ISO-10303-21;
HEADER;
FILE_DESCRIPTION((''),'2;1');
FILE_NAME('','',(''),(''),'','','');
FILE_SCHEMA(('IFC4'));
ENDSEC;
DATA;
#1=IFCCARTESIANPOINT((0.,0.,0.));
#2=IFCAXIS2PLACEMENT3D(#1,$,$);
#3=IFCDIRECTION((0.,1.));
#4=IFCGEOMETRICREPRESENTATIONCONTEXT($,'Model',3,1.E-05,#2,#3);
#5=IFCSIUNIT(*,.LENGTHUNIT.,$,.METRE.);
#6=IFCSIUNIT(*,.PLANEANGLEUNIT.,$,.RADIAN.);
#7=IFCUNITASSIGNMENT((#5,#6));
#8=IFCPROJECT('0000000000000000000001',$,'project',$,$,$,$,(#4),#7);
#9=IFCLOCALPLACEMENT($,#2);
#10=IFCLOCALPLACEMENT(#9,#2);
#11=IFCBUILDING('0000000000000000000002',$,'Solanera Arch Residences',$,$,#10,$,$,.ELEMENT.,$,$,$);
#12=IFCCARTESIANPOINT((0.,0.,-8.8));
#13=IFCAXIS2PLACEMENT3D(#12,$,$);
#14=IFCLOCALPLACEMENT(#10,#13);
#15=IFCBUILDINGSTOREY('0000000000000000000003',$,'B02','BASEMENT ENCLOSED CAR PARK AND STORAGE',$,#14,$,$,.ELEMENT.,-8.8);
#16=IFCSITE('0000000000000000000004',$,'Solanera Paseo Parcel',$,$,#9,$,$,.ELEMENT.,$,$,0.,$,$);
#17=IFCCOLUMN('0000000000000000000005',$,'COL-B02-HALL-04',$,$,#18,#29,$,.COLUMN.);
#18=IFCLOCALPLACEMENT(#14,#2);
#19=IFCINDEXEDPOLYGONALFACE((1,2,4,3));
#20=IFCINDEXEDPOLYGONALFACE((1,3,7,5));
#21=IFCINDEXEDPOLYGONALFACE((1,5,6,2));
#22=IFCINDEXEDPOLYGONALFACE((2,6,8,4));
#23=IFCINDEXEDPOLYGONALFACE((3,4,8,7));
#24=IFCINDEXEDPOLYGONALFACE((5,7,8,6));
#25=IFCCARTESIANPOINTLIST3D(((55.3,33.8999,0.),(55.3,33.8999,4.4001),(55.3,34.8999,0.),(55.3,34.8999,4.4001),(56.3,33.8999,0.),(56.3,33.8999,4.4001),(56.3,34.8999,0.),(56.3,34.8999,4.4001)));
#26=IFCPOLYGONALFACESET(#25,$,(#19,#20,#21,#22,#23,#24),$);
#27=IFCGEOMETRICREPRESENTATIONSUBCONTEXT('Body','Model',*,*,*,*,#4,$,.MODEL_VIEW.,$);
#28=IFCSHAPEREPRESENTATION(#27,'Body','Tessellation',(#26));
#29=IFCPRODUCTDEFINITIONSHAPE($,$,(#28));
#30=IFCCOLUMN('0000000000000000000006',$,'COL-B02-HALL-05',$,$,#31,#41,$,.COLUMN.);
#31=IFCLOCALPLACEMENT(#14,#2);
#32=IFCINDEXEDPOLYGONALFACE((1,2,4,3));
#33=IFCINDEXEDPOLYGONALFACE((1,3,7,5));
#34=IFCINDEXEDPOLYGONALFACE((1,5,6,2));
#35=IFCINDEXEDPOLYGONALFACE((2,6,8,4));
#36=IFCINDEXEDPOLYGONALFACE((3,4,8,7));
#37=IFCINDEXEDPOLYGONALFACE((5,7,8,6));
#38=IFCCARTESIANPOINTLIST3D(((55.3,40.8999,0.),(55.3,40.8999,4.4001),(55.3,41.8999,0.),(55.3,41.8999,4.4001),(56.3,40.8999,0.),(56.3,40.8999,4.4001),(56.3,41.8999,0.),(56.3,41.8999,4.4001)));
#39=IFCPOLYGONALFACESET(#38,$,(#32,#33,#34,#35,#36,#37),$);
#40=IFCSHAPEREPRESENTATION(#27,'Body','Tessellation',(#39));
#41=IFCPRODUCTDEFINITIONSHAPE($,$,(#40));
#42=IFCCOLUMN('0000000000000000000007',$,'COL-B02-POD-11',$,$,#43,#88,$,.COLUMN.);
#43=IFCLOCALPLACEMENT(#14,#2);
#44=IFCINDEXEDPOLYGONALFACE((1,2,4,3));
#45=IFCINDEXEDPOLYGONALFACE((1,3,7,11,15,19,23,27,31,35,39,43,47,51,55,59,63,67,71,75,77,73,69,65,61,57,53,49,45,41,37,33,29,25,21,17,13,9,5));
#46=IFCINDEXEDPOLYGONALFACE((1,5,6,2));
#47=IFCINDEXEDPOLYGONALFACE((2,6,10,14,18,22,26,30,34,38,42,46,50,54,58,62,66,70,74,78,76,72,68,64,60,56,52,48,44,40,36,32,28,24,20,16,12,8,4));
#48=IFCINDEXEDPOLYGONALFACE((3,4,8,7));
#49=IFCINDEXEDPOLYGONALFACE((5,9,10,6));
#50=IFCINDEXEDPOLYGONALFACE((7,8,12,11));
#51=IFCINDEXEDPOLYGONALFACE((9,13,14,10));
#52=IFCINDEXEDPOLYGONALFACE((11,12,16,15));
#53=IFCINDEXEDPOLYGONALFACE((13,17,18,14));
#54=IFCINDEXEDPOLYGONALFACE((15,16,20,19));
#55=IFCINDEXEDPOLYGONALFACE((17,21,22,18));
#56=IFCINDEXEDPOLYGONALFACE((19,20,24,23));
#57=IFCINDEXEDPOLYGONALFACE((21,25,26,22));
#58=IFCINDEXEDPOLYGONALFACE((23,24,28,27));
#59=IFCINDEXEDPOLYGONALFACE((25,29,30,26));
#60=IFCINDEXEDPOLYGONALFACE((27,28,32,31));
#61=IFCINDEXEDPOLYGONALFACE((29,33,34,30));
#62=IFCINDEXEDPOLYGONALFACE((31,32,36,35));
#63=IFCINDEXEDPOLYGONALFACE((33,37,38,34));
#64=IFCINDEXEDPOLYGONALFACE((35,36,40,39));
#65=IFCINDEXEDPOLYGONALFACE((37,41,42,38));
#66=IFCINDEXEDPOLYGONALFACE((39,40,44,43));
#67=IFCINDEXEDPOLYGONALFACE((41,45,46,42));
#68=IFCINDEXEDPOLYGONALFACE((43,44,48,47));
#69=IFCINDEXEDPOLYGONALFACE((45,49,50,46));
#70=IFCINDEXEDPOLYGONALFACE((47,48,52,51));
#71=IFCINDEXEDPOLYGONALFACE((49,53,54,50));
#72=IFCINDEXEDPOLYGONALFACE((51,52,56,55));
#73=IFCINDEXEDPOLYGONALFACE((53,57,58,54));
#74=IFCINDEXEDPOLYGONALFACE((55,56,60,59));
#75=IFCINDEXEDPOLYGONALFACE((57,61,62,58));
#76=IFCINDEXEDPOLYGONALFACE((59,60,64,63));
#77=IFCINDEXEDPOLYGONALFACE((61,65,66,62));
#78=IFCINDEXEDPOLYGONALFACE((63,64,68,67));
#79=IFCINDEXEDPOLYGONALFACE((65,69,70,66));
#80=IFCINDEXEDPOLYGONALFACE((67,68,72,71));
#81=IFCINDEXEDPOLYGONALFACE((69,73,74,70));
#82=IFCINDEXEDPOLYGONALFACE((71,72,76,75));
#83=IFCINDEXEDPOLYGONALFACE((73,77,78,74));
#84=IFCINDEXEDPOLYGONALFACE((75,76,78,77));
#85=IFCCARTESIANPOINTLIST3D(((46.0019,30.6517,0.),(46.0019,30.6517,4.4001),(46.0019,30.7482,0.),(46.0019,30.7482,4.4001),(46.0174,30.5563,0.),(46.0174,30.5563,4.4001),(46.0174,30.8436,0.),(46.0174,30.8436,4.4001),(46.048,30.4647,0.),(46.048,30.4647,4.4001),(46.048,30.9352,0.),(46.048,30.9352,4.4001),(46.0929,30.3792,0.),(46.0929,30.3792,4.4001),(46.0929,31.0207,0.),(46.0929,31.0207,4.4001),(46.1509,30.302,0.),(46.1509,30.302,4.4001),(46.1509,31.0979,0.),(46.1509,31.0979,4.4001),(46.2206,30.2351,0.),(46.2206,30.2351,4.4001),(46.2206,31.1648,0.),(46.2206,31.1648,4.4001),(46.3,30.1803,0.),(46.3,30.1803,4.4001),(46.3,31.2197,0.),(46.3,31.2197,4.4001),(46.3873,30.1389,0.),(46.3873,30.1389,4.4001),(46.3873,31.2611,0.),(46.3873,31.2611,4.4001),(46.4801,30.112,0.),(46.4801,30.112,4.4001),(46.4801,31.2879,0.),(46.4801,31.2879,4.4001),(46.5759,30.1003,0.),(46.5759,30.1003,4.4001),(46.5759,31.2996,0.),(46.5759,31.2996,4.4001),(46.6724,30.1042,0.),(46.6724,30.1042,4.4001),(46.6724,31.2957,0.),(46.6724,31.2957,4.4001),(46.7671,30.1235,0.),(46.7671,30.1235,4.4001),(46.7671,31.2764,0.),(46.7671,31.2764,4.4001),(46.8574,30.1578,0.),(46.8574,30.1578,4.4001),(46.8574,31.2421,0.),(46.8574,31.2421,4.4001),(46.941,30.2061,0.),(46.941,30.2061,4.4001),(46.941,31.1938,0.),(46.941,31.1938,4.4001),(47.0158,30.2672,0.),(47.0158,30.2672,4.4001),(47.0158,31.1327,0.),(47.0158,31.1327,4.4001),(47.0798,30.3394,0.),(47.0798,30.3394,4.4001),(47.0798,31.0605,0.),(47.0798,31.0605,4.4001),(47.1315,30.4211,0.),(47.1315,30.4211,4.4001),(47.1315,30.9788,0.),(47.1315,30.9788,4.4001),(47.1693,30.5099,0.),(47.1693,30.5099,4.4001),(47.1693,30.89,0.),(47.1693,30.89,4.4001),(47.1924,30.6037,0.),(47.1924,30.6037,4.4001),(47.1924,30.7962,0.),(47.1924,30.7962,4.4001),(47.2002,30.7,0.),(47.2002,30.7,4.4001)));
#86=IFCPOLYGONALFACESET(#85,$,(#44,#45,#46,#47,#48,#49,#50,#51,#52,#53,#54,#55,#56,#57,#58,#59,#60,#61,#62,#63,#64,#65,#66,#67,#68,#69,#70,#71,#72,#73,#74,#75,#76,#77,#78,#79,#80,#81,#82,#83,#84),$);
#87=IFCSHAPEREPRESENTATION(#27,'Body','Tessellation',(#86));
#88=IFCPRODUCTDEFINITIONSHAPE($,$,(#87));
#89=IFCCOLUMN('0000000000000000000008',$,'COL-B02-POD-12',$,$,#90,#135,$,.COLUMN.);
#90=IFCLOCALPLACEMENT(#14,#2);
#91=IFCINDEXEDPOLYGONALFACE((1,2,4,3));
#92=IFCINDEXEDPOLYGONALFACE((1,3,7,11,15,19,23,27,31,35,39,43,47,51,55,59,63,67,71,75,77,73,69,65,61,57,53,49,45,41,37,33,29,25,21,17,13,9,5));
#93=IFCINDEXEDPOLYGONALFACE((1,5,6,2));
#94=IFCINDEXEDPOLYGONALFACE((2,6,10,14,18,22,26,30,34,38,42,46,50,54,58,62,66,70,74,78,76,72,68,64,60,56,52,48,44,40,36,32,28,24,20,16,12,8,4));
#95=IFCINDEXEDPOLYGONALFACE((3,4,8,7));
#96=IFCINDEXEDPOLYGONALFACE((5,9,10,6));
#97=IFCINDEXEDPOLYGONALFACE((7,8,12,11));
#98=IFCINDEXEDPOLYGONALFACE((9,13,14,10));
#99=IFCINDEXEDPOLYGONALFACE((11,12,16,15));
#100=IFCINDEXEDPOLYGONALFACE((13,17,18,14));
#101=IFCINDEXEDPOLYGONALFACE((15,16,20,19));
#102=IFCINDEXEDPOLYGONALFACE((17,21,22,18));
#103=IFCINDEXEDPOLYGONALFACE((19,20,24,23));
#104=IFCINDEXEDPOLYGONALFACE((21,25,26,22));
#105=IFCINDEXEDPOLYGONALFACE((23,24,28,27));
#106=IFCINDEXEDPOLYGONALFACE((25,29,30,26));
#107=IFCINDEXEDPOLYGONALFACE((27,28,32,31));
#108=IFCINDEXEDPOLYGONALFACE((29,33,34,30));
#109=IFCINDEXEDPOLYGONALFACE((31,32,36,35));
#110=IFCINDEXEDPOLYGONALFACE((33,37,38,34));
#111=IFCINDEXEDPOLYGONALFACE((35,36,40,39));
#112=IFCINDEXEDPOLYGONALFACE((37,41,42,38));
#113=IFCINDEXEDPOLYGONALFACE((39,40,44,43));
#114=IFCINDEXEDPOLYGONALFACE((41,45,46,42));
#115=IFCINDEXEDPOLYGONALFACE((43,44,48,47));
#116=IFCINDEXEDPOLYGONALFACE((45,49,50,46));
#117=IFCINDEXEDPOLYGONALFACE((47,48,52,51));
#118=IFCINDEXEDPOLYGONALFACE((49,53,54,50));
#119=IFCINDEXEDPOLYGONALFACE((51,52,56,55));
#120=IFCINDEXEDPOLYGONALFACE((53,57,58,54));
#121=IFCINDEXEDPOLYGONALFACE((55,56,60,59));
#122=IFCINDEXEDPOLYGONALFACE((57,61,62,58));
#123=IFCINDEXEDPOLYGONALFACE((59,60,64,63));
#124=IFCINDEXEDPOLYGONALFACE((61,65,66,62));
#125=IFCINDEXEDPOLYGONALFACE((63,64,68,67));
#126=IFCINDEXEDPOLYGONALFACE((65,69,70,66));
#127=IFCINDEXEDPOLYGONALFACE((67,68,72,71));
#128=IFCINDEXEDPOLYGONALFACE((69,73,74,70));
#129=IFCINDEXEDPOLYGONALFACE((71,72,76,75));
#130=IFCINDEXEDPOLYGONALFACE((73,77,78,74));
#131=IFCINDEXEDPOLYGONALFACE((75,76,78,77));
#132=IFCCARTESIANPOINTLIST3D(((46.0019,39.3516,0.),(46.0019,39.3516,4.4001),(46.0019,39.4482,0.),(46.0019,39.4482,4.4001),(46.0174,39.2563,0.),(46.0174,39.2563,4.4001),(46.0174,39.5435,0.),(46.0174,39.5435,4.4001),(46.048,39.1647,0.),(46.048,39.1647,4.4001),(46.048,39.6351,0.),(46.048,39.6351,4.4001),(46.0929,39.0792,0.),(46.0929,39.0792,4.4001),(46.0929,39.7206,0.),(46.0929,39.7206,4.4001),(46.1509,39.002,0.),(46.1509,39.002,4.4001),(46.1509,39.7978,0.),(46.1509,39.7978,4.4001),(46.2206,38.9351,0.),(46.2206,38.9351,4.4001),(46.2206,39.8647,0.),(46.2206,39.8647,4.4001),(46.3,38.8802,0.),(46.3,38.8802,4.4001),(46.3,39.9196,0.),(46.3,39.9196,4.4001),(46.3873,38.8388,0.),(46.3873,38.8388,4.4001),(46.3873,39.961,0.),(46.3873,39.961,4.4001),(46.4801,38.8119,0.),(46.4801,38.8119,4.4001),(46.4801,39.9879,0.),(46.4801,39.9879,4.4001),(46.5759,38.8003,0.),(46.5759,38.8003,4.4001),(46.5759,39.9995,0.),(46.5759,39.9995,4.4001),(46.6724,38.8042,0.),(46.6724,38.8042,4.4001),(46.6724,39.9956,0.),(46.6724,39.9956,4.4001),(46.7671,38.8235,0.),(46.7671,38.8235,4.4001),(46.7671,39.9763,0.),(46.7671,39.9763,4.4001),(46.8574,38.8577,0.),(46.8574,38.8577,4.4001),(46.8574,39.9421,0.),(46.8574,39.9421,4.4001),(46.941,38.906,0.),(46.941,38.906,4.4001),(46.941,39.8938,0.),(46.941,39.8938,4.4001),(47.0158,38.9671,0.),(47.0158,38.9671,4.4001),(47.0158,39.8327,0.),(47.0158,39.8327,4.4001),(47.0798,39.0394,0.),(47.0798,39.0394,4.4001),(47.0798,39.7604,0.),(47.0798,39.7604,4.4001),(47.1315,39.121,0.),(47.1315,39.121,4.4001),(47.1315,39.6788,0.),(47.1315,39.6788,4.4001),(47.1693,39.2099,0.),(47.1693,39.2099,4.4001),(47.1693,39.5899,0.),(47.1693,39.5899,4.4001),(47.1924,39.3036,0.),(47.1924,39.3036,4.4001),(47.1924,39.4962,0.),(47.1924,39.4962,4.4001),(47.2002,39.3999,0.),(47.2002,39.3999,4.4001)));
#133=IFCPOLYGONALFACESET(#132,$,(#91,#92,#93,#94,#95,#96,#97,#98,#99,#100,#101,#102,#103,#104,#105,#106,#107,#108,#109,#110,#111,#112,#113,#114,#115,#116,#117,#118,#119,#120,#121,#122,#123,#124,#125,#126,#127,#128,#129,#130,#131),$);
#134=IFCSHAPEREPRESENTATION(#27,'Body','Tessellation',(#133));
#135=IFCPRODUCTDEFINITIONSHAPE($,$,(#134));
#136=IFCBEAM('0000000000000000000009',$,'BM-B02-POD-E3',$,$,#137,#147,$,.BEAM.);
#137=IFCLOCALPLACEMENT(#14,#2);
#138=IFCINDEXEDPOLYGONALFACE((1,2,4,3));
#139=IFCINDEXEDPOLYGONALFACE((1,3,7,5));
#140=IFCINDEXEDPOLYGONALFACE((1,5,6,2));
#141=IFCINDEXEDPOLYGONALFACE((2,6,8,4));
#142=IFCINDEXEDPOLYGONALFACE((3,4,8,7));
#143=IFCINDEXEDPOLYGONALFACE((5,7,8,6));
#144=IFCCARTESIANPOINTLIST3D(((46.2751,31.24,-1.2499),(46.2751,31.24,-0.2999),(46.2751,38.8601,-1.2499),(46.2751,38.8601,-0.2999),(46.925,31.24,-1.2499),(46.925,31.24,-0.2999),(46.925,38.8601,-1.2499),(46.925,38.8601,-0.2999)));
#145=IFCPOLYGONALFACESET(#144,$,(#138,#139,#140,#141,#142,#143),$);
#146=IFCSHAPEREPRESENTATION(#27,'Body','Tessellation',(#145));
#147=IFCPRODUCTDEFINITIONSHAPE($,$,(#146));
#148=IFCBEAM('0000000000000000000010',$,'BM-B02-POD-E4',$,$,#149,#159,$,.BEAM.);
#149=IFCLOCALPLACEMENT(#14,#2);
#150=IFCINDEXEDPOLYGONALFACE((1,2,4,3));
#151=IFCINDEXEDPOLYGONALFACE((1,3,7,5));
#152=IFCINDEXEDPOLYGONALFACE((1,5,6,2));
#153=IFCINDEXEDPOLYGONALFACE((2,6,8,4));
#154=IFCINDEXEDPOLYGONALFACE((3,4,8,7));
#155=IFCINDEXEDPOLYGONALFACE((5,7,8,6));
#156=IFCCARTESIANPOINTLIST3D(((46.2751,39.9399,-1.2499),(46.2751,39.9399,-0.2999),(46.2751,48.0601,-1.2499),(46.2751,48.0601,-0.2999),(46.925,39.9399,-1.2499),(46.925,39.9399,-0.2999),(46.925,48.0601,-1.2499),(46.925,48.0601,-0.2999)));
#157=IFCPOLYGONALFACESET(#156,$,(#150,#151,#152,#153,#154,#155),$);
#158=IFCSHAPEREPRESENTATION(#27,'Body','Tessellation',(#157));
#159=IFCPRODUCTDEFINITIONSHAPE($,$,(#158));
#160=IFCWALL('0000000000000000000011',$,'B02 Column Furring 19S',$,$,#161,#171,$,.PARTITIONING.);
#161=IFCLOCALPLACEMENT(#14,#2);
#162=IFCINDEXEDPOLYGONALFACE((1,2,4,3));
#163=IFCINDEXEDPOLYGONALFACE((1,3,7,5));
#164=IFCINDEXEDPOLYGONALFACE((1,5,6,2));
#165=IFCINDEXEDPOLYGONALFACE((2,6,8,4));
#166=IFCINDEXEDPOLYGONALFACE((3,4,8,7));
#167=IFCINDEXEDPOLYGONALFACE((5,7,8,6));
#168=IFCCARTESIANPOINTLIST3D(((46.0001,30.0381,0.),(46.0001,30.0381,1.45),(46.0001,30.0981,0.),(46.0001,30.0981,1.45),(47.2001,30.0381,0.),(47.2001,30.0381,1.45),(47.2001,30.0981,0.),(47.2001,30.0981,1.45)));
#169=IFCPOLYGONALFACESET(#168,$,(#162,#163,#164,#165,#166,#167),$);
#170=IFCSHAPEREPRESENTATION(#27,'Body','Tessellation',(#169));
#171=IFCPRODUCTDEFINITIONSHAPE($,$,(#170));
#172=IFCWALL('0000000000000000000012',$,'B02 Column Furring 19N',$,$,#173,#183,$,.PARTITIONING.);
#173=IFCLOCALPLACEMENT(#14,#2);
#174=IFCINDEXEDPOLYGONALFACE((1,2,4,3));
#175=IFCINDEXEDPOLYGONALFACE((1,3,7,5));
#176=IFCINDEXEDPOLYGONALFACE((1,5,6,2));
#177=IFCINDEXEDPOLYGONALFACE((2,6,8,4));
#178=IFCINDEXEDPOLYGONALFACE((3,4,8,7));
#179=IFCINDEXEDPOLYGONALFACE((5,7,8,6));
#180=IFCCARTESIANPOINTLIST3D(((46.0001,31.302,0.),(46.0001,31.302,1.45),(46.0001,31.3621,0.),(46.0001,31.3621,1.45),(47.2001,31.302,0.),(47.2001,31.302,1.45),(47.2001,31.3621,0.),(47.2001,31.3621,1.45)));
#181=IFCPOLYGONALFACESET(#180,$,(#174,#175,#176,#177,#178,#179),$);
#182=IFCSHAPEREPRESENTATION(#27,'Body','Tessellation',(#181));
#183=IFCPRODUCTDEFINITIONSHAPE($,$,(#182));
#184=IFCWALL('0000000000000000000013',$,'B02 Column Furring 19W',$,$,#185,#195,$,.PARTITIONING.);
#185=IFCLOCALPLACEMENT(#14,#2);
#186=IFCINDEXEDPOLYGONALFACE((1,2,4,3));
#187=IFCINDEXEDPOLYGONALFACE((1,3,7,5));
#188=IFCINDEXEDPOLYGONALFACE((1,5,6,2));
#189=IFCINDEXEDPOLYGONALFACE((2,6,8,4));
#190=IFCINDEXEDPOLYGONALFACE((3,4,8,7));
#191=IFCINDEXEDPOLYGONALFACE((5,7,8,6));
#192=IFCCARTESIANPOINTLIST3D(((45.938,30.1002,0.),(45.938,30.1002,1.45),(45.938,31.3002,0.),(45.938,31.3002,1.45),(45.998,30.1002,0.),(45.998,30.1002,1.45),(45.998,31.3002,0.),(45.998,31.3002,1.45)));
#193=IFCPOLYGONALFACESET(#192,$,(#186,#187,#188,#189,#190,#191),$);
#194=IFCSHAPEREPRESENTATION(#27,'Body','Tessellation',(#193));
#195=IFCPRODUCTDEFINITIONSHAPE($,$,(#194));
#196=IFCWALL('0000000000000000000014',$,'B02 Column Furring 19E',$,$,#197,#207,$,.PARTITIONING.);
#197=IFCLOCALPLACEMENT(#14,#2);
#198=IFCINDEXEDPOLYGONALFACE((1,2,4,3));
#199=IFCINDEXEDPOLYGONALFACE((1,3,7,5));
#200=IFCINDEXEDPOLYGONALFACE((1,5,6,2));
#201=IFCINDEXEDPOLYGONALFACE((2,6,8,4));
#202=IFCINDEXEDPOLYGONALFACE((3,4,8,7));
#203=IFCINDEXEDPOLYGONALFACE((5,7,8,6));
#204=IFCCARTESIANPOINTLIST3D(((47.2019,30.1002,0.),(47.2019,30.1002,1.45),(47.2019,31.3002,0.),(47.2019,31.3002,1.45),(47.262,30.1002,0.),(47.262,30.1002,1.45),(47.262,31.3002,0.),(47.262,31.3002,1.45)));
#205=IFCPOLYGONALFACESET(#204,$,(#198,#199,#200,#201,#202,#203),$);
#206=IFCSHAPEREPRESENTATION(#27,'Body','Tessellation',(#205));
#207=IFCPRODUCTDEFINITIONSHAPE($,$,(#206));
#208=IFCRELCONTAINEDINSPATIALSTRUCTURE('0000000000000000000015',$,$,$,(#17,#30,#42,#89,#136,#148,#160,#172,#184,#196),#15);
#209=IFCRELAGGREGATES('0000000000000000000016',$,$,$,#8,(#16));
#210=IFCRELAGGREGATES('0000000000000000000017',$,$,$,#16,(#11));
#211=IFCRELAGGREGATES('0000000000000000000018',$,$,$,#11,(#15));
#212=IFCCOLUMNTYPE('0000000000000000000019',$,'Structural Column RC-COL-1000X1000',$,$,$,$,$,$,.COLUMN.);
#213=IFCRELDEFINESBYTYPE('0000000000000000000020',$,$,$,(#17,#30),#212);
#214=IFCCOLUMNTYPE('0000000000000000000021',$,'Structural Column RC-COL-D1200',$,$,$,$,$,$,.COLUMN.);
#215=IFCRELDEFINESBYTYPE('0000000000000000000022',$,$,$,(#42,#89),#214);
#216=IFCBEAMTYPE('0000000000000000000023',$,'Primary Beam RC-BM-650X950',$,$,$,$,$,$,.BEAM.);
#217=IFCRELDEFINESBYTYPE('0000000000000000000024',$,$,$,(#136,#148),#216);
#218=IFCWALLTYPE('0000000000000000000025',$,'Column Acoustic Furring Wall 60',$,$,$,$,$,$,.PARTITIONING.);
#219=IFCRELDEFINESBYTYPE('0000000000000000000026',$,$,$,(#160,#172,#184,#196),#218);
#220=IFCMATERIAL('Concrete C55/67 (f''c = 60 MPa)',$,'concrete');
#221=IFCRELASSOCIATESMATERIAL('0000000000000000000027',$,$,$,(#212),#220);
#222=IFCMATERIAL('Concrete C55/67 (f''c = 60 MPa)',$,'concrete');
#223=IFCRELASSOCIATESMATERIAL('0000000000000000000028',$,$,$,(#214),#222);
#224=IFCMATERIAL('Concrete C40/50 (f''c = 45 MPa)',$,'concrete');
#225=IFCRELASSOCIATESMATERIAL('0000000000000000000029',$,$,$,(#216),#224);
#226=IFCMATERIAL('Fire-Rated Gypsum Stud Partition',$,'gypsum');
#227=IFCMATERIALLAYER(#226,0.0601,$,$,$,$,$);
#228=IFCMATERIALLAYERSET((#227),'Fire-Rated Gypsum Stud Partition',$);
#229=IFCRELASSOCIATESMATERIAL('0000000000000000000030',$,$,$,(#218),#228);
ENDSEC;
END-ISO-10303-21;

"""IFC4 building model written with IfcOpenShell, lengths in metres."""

from ifc_helpers import new_model, si_unit, direction, frame, frame_2d, origin, origin_2d, place, context, subcontext, project, spatial, rectangle, circle, extrude, material, layer, layer_set, material_profile, profile_set, type_object, element, save


model = new_model("IFC4")

# Units and contexts
model_context = context("Model", 3, precision=1e-05, world=origin(), true_north=direction((0.0, 1.0)))
body_context = subcontext(model_context, "Body", "Model", "MODEL_VIEW")
ifc_project = project(units=[si_unit("LENGTHUNIT", "METRE"), si_unit("PLANEANGLEUNIT", "RADIAN")], contexts=[model_context])

# Site, building, storey
site_placement = place(None, origin())
site = spatial("IfcSite", under=ifc_project, at=site_placement, Name="Solanera Paseo Parcel", CompositionType="ELEMENT", RefElevation=0.0)
building_placement = place(site_placement, origin())
building = spatial("IfcBuilding", under=site, at=building_placement, Name="Solanera Arch Residences", CompositionType="ELEMENT")
storey_placement = place(building_placement, frame((0.0, 0.0, -8.8)))
storey = spatial("IfcBuildingStorey", under=building, at=storey_placement, Name="B02", Description="BASEMENT ENCLOSED CAR PARK AND STORAGE", CompositionType="ELEMENT", Elevation=-8.8)

# Columns
ifc_material_1 = material(Name="Concrete C55/67 (f'c = 60 MPa)", Category="concrete")
ifc_material_profile_1 = material_profile(ifc_material_1, rectangle(XDim=1.0, YDim=1.0, at=origin_2d()))
ifc_profile_set_1 = profile_set([ifc_material_profile_1], Name="Concrete C55/67 (f'c = 60 MPa)")
column_type_1 = type_object("IfcColumnType", Name="Structural Column RC-COL-1000X1000", PredefinedType="COLUMN", material=ifc_profile_set_1)
for number, where, z_axis, x_axis, name in (
    (1, (55.8, 34.3999, 0.0), (0.0, 0.0, 1.0), (1.0, 0.0, 0.0), "COL-B02-HALL-04"),
    (2, (55.8, 41.3999, 0.0), (0.0, 0.0, 1.0), (1.0, 0.0, 0.0), "COL-B02-HALL-05"),
):
    element("IfcColumn", number, at=place(storey_placement, frame(where, z_axis=z_axis, x_axis=x_axis)), inside=storey, type_object=column_type_1, Name=name, PredefinedType="COLUMN", context=body_context, shape_type="SweptSolid", body=[
        extrude(rectangle(XDim=1.0, YDim=1.0, at=origin_2d()), origin(), (0.0, 0.0, 1.0), 4.4001),
    ])
ifc_material_2 = material(Name="Concrete C55/67 (f'c = 60 MPa)", Category="concrete")
ifc_material_profile_2 = material_profile(ifc_material_2, circle(Radius=0.6001, at=origin_2d()))
ifc_profile_set_2 = profile_set([ifc_material_profile_2], Name="Concrete C55/67 (f'c = 60 MPa)")
column_type_2 = type_object("IfcColumnType", Name="Structural Column RC-COL-D1200", PredefinedType="COLUMN", material=ifc_profile_set_2)
for number, where, z_axis, x_axis, name in (
    (3, (46.6001, 30.7, 0.0), (0.0, 0.0, 1.0), (1.0, 0.0, 0.0), "COL-B02-POD-11"),
    (4, (46.6001, 39.3999, 0.0), (0.0, 0.0, 1.0), (1.0, 0.0, 0.0), "COL-B02-POD-12"),
):
    element("IfcColumn", number, at=place(storey_placement, frame(where, z_axis=z_axis, x_axis=x_axis)), inside=storey, type_object=column_type_2, Name=name, PredefinedType="COLUMN", context=body_context, shape_type="SweptSolid", body=[
        extrude(circle(Radius=0.6001, at=origin_2d()), origin(), (0.0, 0.0, 1.0), 4.4001),
    ])

# Beams
ifc_material_3 = material(Name="Concrete C40/50 (f'c = 45 MPa)", Category="concrete")
ifc_material_profile_3 = material_profile(ifc_material_3, rectangle(XDim=0.6499, YDim=0.95, at=origin_2d()))
ifc_profile_set_3 = profile_set([ifc_material_profile_3], Name="Concrete C40/50 (f'c = 45 MPa)")
beam_type = type_object("IfcBeamType", Name="Primary Beam RC-BM-650X950", PredefinedType="BEAM", material=ifc_profile_set_3)
beam_1_placement = place(storey_placement, frame((46.6001, 31.24, -0.7749), z_axis=(0.0, 1.0, 0.0), x_axis=(-1.0, 0.0, 0.0)))
element("IfcBeam", 5, at=beam_1_placement, inside=storey, type_object=beam_type, Name="BM-B02-POD-E3", PredefinedType="BEAM", context=body_context, shape_type="SweptSolid", body=[
    extrude(rectangle(XDim=0.6499, YDim=0.95, at=origin_2d()), origin(), (0.0, 0.0, 1.0), 7.6201),
])
beam_2_placement = place(storey_placement, frame((46.6001, 39.9399, -0.7749), z_axis=(0.0, 1.0, 0.0), x_axis=(-1.0, 0.0, 0.0)))
element("IfcBeam", 6, at=beam_2_placement, inside=storey, type_object=beam_type, Name="BM-B02-POD-E4", PredefinedType="BEAM", context=body_context, shape_type="SweptSolid", body=[
    extrude(rectangle(XDim=0.6499, YDim=0.95, at=origin_2d()), origin(), (0.0, 0.0, 1.0), 8.1201),
])

# Walls
ifc_material_4 = material(Name="Fire-Rated Gypsum Stud Partition", Category="gypsum")
ifc_layer_1 = layer(ifc_material_4, 0.0601)
ifc_layer_set_1 = layer_set([ifc_layer_1], Name="Fire-Rated Gypsum Stud Partition")
wall_type_1 = type_object("IfcWallType", Name="Column Acoustic Furring Wall 60", PredefinedType="PARTITIONING", material=ifc_layer_set_1)
for number, where, z_axis, x_axis, name in (
    (7, (46.0, 30.0681, 0.0), (0.0, 0.0, 1.0), (1.0, 0.0, 0.0), "B02 Column Furring 19S"),
    (8, (46.0, 31.332, 0.0), (0.0, 0.0, 1.0), (1.0, 0.0, 0.0), "B02 Column Furring 19N"),
    (9, (45.968, 30.1001, 0.0), (0.0, 0.0, 1.0), (0.0, 1.0, 0.0), "B02 Column Furring 19W"),
    (10, (47.2319, 30.1001, 0.0), (0.0, 0.0, 1.0), (0.0, 1.0, 0.0), "B02 Column Furring 19E"),
):
    element("IfcWall", number, at=place(storey_placement, frame(where, z_axis=z_axis, x_axis=x_axis)), inside=storey, type_object=wall_type_1, Name=name, PredefinedType="PARTITIONING", context=body_context, shape_type="SweptSolid", body=[
        extrude(rectangle(XDim=1.2, YDim=0.0601, at=frame_2d((0.6001, 0.0))), origin(), (0.0, 0.0, 1.0), 1.45),
    ])

save(model, "model.ifc")
